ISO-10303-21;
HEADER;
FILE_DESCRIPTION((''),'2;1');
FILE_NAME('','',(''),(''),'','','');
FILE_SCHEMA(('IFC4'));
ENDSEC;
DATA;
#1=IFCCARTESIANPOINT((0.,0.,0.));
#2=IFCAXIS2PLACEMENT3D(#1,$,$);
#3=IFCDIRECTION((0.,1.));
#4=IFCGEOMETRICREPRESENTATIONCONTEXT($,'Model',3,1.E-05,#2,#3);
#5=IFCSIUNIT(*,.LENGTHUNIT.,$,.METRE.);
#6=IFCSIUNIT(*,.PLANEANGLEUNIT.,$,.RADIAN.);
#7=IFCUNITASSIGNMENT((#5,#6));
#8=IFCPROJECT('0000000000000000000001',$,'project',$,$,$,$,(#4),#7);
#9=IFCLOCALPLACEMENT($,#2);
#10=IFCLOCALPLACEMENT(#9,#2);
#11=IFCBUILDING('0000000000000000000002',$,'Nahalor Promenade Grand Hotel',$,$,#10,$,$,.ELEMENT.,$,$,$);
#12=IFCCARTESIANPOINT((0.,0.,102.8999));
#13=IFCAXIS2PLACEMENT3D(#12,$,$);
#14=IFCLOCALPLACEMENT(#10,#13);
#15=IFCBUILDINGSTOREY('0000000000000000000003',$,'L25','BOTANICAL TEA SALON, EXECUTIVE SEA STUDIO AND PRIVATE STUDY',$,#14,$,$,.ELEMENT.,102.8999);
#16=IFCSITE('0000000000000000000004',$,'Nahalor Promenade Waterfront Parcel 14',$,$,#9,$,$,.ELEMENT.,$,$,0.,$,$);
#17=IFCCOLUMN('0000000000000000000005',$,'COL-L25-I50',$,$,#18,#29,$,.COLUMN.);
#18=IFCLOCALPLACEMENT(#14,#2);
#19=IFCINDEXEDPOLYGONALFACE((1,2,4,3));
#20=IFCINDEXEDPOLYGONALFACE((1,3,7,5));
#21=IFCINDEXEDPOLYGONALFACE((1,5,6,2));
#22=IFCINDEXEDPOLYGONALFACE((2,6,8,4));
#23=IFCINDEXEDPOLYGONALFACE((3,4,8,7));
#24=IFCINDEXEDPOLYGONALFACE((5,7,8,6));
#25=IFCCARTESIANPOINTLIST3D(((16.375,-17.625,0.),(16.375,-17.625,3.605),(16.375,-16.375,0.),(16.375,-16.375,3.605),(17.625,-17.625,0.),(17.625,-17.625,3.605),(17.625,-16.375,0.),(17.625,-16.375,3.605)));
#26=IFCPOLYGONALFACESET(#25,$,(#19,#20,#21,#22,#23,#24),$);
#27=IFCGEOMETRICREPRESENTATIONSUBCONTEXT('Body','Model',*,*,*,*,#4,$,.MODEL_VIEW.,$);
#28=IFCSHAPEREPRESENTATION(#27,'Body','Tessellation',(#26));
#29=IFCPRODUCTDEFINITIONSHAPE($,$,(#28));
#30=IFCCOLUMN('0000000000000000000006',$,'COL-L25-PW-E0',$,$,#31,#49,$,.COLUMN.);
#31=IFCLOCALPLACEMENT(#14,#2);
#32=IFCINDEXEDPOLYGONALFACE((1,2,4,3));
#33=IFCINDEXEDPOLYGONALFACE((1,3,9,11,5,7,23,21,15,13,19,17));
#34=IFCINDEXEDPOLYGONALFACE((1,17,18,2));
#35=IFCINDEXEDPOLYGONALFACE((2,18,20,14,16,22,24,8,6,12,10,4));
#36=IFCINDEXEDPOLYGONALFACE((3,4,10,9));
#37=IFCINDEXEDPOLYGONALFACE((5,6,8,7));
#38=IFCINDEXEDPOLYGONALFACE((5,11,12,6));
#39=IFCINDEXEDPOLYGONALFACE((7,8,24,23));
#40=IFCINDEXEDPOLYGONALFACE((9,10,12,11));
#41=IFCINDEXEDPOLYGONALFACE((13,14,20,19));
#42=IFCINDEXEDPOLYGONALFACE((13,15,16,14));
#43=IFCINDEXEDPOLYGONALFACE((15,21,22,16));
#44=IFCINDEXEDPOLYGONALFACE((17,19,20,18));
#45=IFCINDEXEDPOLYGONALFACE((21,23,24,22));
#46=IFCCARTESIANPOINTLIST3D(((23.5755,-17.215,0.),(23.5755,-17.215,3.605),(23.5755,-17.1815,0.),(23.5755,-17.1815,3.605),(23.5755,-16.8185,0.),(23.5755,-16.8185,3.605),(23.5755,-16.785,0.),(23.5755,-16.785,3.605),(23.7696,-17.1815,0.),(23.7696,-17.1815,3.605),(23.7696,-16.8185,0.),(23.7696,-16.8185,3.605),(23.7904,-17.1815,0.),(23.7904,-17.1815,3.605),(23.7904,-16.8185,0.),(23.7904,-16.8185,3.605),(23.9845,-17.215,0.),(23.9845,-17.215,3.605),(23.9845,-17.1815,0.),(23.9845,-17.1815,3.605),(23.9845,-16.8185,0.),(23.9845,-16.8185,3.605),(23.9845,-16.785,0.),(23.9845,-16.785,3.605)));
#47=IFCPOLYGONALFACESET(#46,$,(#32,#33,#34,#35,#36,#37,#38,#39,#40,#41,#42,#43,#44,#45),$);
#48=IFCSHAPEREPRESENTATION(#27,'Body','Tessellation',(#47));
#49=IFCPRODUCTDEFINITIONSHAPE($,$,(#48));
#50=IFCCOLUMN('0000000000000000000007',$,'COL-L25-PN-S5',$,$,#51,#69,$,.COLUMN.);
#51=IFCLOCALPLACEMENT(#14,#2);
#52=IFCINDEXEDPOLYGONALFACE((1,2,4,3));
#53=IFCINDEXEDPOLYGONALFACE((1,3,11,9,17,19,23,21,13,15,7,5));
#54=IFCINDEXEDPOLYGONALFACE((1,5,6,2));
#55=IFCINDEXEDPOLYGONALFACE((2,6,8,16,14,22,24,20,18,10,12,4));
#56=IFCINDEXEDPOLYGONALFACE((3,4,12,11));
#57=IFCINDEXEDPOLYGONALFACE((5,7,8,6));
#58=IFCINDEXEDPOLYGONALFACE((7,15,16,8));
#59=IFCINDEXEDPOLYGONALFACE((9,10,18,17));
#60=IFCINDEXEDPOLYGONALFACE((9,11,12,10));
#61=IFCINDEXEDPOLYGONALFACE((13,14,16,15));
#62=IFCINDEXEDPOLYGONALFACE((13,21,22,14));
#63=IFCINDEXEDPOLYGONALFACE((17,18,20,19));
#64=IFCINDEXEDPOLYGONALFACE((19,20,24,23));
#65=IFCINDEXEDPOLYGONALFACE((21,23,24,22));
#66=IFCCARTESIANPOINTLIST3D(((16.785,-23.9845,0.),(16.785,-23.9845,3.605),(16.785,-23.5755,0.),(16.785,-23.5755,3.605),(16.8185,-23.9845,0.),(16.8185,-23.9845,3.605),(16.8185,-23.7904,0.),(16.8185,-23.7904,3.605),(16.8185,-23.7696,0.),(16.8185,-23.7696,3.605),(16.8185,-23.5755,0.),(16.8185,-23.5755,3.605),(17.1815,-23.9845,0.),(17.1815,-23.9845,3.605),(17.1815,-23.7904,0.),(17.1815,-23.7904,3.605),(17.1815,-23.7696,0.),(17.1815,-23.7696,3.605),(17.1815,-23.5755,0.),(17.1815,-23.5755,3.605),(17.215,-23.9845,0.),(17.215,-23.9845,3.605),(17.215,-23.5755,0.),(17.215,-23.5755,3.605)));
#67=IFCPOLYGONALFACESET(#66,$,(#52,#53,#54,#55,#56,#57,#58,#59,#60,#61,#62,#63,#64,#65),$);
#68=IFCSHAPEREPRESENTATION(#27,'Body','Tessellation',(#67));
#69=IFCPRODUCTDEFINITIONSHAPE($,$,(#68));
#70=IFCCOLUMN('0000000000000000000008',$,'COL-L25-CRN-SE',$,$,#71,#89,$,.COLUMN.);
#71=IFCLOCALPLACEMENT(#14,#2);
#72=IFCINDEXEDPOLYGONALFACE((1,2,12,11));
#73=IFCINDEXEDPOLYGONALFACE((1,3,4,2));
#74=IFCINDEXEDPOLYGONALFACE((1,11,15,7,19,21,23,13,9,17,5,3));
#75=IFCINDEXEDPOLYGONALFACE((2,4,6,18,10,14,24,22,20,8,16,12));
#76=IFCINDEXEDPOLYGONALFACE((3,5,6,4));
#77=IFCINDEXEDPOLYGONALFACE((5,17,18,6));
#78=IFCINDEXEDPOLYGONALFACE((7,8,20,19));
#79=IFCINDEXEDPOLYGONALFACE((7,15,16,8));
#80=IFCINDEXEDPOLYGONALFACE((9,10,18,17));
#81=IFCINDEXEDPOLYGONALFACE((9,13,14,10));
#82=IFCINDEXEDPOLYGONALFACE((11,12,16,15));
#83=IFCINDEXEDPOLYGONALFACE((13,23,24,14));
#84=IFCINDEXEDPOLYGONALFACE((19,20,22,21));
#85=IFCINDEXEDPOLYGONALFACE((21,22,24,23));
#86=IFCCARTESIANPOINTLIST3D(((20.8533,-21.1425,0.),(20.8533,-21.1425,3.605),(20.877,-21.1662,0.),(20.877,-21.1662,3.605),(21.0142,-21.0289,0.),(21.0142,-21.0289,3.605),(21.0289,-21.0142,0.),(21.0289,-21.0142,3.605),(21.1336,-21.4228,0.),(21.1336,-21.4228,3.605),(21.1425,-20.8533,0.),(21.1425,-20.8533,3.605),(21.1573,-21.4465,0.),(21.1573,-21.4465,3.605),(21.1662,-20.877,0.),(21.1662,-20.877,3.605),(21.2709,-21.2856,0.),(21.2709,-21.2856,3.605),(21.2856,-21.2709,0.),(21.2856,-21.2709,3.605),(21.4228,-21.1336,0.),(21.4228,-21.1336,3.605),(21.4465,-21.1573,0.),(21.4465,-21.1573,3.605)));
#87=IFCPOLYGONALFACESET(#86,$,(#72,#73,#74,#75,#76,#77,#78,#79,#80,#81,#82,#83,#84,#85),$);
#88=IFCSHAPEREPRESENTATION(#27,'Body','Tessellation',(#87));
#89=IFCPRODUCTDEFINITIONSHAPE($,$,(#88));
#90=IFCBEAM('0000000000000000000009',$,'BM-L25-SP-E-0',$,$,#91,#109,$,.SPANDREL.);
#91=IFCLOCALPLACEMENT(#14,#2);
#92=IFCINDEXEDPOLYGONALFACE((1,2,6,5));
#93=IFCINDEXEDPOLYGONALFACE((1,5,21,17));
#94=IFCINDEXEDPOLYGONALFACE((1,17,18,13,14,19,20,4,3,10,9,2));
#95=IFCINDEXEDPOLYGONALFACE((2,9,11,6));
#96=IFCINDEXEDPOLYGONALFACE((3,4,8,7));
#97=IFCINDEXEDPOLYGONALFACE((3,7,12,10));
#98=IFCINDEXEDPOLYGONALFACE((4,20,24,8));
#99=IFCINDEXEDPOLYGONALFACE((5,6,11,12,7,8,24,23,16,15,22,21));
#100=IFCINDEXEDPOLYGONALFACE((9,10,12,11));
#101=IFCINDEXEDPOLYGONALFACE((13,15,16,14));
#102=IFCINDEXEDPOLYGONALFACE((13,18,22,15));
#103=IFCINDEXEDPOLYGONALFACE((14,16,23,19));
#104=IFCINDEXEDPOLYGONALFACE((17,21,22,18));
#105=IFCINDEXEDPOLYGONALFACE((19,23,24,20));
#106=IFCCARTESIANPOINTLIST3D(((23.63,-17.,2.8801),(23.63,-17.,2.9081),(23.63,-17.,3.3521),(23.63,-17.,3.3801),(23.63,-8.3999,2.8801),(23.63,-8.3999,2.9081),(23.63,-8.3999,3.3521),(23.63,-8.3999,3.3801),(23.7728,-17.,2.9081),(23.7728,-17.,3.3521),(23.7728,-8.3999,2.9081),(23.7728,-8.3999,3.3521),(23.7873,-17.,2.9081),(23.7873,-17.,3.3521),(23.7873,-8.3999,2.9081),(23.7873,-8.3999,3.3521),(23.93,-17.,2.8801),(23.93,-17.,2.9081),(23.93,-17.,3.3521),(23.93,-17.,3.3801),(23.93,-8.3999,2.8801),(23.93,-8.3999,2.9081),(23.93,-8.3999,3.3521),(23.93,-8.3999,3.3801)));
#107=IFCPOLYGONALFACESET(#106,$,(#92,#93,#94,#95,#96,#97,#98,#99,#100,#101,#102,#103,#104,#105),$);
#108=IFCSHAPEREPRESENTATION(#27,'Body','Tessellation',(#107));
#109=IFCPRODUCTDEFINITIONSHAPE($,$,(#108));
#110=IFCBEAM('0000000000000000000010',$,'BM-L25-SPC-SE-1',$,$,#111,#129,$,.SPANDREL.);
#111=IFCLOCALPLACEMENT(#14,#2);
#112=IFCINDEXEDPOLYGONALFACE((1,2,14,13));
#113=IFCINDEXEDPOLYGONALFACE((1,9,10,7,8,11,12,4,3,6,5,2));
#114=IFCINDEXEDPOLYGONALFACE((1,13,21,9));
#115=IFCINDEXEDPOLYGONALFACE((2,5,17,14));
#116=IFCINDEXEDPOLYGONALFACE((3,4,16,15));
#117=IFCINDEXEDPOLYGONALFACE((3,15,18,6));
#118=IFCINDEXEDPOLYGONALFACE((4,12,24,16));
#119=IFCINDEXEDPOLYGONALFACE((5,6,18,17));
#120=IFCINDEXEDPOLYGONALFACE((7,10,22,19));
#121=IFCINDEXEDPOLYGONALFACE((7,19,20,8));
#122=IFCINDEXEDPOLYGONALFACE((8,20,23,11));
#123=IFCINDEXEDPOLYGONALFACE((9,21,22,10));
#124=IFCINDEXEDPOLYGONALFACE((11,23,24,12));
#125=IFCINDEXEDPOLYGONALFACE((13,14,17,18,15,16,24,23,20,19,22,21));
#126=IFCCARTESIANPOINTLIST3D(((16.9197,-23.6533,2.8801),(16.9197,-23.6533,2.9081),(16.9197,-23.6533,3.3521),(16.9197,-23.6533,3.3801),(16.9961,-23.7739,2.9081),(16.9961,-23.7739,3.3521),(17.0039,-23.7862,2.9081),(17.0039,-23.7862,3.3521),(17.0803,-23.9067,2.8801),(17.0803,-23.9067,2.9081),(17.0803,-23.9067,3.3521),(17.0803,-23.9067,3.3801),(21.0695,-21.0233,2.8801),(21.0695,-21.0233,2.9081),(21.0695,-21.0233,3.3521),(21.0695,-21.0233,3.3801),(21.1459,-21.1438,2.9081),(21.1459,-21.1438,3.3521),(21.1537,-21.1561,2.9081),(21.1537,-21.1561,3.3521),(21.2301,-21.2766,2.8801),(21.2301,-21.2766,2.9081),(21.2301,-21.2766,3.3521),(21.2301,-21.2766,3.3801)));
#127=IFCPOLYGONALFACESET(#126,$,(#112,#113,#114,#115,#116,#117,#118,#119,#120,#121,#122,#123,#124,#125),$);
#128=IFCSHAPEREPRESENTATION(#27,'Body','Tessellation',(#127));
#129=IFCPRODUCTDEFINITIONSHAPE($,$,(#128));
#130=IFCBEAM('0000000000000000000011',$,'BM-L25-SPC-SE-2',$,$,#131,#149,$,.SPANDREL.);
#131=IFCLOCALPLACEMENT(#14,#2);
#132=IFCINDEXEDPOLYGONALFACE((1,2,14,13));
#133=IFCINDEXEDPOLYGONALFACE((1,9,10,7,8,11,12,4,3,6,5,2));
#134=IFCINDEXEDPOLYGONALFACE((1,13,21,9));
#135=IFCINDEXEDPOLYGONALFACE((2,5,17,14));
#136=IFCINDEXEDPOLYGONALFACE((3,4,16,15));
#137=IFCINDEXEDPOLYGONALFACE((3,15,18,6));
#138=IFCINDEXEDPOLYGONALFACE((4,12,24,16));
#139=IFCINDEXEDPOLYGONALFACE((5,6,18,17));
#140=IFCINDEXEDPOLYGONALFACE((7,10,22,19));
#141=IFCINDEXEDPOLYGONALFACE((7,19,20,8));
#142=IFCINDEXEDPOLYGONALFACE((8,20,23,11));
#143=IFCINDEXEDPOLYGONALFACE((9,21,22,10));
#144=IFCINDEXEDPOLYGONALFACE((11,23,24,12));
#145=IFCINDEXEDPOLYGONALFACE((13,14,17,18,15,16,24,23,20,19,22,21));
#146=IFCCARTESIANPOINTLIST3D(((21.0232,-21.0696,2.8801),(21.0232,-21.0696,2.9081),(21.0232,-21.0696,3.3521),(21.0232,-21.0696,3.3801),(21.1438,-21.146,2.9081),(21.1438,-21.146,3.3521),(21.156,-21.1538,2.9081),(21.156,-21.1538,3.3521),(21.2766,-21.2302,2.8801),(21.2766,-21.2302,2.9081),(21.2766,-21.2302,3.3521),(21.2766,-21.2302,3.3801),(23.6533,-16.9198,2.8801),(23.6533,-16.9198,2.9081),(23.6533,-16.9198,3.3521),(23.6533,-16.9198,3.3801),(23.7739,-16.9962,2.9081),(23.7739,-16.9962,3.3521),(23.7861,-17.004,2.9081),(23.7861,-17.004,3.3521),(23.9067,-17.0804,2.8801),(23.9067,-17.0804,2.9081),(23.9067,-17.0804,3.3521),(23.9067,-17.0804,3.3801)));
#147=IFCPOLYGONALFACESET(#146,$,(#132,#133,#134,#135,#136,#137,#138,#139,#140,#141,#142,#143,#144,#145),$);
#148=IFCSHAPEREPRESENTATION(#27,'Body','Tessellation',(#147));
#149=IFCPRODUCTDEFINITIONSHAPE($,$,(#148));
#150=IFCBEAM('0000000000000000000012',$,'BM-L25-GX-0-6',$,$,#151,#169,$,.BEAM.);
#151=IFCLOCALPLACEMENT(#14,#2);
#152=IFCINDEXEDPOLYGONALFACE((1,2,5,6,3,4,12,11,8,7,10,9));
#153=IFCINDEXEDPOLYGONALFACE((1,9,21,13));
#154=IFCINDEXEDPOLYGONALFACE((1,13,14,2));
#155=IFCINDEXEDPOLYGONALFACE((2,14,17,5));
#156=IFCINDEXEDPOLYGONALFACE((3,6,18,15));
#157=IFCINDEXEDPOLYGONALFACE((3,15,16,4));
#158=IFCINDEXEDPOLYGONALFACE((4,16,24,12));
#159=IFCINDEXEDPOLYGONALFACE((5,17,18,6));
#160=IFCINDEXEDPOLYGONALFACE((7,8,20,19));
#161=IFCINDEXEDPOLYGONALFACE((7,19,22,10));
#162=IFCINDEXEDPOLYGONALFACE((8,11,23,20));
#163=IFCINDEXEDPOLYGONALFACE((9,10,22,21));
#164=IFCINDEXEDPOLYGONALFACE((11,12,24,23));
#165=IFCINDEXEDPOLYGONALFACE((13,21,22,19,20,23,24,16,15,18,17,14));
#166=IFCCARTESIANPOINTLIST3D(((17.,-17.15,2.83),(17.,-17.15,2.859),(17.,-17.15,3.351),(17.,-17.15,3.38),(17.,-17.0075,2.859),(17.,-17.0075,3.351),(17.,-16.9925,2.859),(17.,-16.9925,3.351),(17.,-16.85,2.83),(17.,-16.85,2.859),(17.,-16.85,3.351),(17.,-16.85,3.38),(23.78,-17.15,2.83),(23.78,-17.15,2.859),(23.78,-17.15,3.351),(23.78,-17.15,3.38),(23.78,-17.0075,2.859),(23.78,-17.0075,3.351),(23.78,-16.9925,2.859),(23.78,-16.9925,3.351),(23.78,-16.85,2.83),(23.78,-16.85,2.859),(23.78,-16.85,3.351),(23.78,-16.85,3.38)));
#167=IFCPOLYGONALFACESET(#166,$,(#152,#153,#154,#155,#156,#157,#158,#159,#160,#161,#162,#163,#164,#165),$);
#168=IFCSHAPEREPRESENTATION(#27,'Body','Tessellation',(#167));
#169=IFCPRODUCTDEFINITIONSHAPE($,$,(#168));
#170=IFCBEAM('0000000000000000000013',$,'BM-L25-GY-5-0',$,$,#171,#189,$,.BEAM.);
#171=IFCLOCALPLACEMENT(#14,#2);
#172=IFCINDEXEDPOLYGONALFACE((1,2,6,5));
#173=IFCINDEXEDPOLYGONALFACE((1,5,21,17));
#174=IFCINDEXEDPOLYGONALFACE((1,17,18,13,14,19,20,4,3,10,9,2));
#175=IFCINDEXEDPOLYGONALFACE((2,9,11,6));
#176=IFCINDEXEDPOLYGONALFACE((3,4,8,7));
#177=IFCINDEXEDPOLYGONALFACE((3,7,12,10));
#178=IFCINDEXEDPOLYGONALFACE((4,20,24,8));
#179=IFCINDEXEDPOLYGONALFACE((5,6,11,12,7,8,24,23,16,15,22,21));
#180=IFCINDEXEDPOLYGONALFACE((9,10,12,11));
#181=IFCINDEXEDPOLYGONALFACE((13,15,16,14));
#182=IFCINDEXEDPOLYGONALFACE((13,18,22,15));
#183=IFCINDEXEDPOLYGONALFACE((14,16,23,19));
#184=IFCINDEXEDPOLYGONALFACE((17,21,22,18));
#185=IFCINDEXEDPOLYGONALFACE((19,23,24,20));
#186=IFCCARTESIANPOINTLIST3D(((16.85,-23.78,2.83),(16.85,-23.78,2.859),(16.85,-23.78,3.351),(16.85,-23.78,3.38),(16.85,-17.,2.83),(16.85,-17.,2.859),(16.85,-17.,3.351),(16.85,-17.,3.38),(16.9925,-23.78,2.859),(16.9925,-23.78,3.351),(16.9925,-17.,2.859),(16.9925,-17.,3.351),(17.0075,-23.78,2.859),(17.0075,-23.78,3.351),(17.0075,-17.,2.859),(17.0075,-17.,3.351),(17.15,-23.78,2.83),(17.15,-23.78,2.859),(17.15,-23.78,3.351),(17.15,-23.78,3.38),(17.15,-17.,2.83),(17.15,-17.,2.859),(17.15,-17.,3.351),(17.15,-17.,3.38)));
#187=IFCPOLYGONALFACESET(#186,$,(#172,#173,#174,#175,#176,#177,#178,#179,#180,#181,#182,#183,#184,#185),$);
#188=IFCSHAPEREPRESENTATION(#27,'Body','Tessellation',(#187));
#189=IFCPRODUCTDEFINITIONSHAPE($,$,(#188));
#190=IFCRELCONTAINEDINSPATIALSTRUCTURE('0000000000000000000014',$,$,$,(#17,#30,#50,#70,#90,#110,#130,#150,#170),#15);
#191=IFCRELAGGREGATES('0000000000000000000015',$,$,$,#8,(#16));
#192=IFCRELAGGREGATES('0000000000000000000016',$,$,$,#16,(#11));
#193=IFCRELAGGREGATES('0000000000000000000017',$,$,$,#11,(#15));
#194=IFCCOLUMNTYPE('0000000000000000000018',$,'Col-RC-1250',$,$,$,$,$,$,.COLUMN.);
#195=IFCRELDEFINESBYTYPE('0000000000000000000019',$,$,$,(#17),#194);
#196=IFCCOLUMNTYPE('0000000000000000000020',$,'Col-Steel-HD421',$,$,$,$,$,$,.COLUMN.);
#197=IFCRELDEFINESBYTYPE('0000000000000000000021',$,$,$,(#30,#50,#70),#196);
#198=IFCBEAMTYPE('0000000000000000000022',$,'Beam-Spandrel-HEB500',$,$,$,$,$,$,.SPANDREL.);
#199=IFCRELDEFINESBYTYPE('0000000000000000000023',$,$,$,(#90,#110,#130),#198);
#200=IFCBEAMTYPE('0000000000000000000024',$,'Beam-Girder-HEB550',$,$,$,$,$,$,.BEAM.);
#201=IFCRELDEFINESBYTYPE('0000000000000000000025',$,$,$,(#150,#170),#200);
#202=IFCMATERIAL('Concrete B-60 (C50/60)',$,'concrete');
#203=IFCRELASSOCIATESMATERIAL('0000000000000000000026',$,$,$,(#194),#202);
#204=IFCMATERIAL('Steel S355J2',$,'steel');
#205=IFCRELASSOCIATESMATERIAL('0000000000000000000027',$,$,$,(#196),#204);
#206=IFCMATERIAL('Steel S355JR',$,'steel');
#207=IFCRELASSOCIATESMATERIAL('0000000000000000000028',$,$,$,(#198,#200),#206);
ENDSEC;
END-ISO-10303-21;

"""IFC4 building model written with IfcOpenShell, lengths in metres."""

from ifc_helpers import new_model, si_unit, direction, frame, origin, origin_2d, place, context, subcontext, project, spatial, rectangle, i_section, extrude, source, transform, mapped, material, material_profile, profile_set, type_object, element, save


model = new_model("IFC4")

# Units and contexts
model_context = context("Model", 3, precision=1e-05, world=origin(), true_north=direction((0.0, 1.0)))
body_context = subcontext(model_context, "Body", "Model", "MODEL_VIEW")
ifc_project = project(units=[si_unit("LENGTHUNIT", "METRE"), si_unit("PLANEANGLEUNIT", "RADIAN")], contexts=[model_context])

# Site, building, storey
site_placement = place(None, origin())
site = spatial("IfcSite", under=ifc_project, at=site_placement, Name="Nahalor Promenade Waterfront Parcel 14", CompositionType="ELEMENT", RefElevation=0.0)
building_placement = place(site_placement, origin())
building = spatial("IfcBuilding", under=site, at=building_placement, Name="Nahalor Promenade Grand Hotel", CompositionType="ELEMENT")
storey_placement = place(building_placement, frame((0.0, 0.0, 102.8999)))
storey = spatial("IfcBuildingStorey", under=building, at=storey_placement, Name="L25", Description="BOTANICAL TEA SALON, EXECUTIVE SEA STUDIO AND PRIVATE STUDY", CompositionType="ELEMENT", Elevation=102.8999)

# Columns
ifc_material_1 = material(Name="Concrete B-60 (C50/60)", Category="concrete")
ifc_material_profile_1 = material_profile(ifc_material_1, rectangle(XDim=1.25, YDim=1.25, at=origin_2d()), Name="RC 1250x1250")
ifc_profile_set_1 = profile_set([ifc_material_profile_1], Name="Concrete B-60 (C50/60)")
column_type_1 = type_object("IfcColumnType", Name="Col-RC-1250", PredefinedType="COLUMN", material=ifc_profile_set_1)
shared_shape_1 = source(origin(), body_context, "Body", "SweptSolid", [
    extrude(rectangle(XDim=1.25, YDim=1.25, at=origin_2d()), origin(), (0.0, 0.0, 1.0), 3.605),
])
column_placement = place(storey_placement, frame((17.0, -17.0, 0.0), z_axis=(0.0, 0.0, 1.0), x_axis=(1.0, 0.0, 0.0)))
element("IfcColumn", 1, at=column_placement, inside=storey, type_object=column_type_1, Name="COL-L25-I50", PredefinedType="COLUMN", context=body_context, shape_type="MappedRepresentation", body=[
    mapped(shared_shape_1, transform((0.0, 0.0, 0.0), scale=1.0)),
])
ifc_material_2 = material(Name="Steel S355J2", Category="steel")
ifc_material_profile_2 = material_profile(ifc_material_2, i_section(OverallWidth=0.409, OverallDepth=0.43, WebThickness=0.0208, FlangeThickness=0.0335, at=origin_2d()), Name="HD 400x421")
ifc_profile_set_2 = profile_set([ifc_material_profile_2], Name="Steel S355J2")
column_type_2 = type_object("IfcColumnType", Name="Col-Steel-HD421", PredefinedType="COLUMN", material=ifc_profile_set_2)
shared_shape_2 = source(origin(), body_context, "Body", "SweptSolid", [
    extrude(i_section(OverallWidth=0.409, OverallDepth=0.43, WebThickness=0.0208, FlangeThickness=0.0335, at=origin_2d()), origin(), (0.0, 0.0, 1.0), 3.605),
])
for number, where, z_axis, x_axis, name in (
    (2, (23.78, -17.0, 0.0), (0.0, 0.0, 1.0), (1.0, 0.0, 0.0), "COL-L25-PW-E0"),
    (3, (17.0, -23.78, 0.0), (0.0, 0.0, 1.0), (0.0, 1.0, 0.0), "COL-L25-PN-S5"),
    (4, (21.1499, -21.1499, 0.0), (0.0, 0.0, 1.0), (0.707107, 0.707107, 0.0), "COL-L25-CRN-SE"),
):
    element("IfcColumn", number, at=place(storey_placement, frame(where, z_axis=z_axis, x_axis=x_axis)), inside=storey, type_object=column_type_2, Name=name, PredefinedType="COLUMN", context=body_context, shape_type="MappedRepresentation", body=[
        mapped(shared_shape_2, transform((0.0, 0.0, 0.0), scale=1.0)),
    ])

# Beams
ifc_material_3 = material(Name="Steel S355JR", Category="steel")
ifc_material_profile_3 = material_profile(ifc_material_3, i_section(OverallWidth=0.3, OverallDepth=0.5, WebThickness=0.0145, FlangeThickness=0.028, at=origin_2d()), Name="HEB 500")
ifc_profile_set_3 = profile_set([ifc_material_profile_3], Name="Steel S355JR")
beam_type_1 = type_object("IfcBeamType", Name="Beam-Spandrel-HEB500", PredefinedType="SPANDREL", material=ifc_profile_set_3)
shared_shape_3 = source(origin(), body_context, "Body", "SweptSolid", [
    extrude(i_section(OverallWidth=0.3, OverallDepth=0.5, WebThickness=0.0145, FlangeThickness=0.028, at=origin_2d()), origin(), (0.0, 0.0, 1.0), 8.6001),
])
beam_1_placement = place(storey_placement, frame((23.78, -17.0, 3.1301), z_axis=(0.0, 1.0, 0.0), x_axis=(-1.0, 0.0, 0.0)))
element("IfcBeam", 5, at=beam_1_placement, inside=storey, type_object=beam_type_1, Name="BM-L25-SP-E-0", PredefinedType="SPANDREL", context=body_context, shape_type="MappedRepresentation", body=[
    mapped(shared_shape_3, transform((0.0, 0.0, 0.0), scale=1.0)),
])
shared_shape_4 = source(origin(), body_context, "Body", "SweptSolid", [
    extrude(i_section(OverallWidth=0.3, OverallDepth=0.5, WebThickness=0.0145, FlangeThickness=0.028, at=origin_2d()), origin(), (0.0, 0.0, 1.0), 4.9131),
])
for number, where, z_axis, x_axis, name in (
    (6, (17.0, -23.78, 3.1301), (0.844648, 0.535322, 0.0), (-0.535322, 0.844648, 0.0), "BM-L25-SPC-SE-1"),
    (7, (21.1499, -21.1499, 3.1301), (0.535322, 0.844648, 0.0), (-0.844648, 0.535322, 0.0), "BM-L25-SPC-SE-2"),
):
    element("IfcBeam", number, at=place(storey_placement, frame(where, z_axis=z_axis, x_axis=x_axis)), inside=storey, type_object=beam_type_1, Name=name, PredefinedType="SPANDREL", context=body_context, shape_type="MappedRepresentation", body=[
        mapped(shared_shape_4, transform((0.0, 0.0, 0.0), scale=1.0)),
    ])
ifc_material_profile_4 = material_profile(ifc_material_3, i_section(OverallWidth=0.3, OverallDepth=0.55, WebThickness=0.015, FlangeThickness=0.029, at=origin_2d()), Name="HEB 550")
ifc_profile_set_4 = profile_set([ifc_material_profile_4], Name="Steel S355JR")
beam_type_2 = type_object("IfcBeamType", Name="Beam-Girder-HEB550", PredefinedType="BEAM", material=ifc_profile_set_4)
shared_shape_5 = source(origin(), body_context, "Body", "SweptSolid", [
    extrude(i_section(OverallWidth=0.3, OverallDepth=0.55, WebThickness=0.015, FlangeThickness=0.029, at=origin_2d()), origin(), (0.0, 0.0, 1.0), 6.78),
])
for number, where, z_axis, x_axis, name in (
    (8, (17.0, -17.0, 3.105), (1.0, 0.0, 0.0), (0.0, 1.0, 0.0), "BM-L25-GX-0-6"),
    (9, (17.0, -23.78, 3.105), (0.0, 1.0, 0.0), (-1.0, 0.0, 0.0), "BM-L25-GY-5-0"),
):
    element("IfcBeam", number, at=place(storey_placement, frame(where, z_axis=z_axis, x_axis=x_axis)), inside=storey, type_object=beam_type_2, Name=name, PredefinedType="BEAM", context=body_context, shape_type="MappedRepresentation", body=[
        mapped(shared_shape_5, transform((0.0, 0.0, 0.0), scale=1.0)),
    ])

save(model, "model.ifc")
